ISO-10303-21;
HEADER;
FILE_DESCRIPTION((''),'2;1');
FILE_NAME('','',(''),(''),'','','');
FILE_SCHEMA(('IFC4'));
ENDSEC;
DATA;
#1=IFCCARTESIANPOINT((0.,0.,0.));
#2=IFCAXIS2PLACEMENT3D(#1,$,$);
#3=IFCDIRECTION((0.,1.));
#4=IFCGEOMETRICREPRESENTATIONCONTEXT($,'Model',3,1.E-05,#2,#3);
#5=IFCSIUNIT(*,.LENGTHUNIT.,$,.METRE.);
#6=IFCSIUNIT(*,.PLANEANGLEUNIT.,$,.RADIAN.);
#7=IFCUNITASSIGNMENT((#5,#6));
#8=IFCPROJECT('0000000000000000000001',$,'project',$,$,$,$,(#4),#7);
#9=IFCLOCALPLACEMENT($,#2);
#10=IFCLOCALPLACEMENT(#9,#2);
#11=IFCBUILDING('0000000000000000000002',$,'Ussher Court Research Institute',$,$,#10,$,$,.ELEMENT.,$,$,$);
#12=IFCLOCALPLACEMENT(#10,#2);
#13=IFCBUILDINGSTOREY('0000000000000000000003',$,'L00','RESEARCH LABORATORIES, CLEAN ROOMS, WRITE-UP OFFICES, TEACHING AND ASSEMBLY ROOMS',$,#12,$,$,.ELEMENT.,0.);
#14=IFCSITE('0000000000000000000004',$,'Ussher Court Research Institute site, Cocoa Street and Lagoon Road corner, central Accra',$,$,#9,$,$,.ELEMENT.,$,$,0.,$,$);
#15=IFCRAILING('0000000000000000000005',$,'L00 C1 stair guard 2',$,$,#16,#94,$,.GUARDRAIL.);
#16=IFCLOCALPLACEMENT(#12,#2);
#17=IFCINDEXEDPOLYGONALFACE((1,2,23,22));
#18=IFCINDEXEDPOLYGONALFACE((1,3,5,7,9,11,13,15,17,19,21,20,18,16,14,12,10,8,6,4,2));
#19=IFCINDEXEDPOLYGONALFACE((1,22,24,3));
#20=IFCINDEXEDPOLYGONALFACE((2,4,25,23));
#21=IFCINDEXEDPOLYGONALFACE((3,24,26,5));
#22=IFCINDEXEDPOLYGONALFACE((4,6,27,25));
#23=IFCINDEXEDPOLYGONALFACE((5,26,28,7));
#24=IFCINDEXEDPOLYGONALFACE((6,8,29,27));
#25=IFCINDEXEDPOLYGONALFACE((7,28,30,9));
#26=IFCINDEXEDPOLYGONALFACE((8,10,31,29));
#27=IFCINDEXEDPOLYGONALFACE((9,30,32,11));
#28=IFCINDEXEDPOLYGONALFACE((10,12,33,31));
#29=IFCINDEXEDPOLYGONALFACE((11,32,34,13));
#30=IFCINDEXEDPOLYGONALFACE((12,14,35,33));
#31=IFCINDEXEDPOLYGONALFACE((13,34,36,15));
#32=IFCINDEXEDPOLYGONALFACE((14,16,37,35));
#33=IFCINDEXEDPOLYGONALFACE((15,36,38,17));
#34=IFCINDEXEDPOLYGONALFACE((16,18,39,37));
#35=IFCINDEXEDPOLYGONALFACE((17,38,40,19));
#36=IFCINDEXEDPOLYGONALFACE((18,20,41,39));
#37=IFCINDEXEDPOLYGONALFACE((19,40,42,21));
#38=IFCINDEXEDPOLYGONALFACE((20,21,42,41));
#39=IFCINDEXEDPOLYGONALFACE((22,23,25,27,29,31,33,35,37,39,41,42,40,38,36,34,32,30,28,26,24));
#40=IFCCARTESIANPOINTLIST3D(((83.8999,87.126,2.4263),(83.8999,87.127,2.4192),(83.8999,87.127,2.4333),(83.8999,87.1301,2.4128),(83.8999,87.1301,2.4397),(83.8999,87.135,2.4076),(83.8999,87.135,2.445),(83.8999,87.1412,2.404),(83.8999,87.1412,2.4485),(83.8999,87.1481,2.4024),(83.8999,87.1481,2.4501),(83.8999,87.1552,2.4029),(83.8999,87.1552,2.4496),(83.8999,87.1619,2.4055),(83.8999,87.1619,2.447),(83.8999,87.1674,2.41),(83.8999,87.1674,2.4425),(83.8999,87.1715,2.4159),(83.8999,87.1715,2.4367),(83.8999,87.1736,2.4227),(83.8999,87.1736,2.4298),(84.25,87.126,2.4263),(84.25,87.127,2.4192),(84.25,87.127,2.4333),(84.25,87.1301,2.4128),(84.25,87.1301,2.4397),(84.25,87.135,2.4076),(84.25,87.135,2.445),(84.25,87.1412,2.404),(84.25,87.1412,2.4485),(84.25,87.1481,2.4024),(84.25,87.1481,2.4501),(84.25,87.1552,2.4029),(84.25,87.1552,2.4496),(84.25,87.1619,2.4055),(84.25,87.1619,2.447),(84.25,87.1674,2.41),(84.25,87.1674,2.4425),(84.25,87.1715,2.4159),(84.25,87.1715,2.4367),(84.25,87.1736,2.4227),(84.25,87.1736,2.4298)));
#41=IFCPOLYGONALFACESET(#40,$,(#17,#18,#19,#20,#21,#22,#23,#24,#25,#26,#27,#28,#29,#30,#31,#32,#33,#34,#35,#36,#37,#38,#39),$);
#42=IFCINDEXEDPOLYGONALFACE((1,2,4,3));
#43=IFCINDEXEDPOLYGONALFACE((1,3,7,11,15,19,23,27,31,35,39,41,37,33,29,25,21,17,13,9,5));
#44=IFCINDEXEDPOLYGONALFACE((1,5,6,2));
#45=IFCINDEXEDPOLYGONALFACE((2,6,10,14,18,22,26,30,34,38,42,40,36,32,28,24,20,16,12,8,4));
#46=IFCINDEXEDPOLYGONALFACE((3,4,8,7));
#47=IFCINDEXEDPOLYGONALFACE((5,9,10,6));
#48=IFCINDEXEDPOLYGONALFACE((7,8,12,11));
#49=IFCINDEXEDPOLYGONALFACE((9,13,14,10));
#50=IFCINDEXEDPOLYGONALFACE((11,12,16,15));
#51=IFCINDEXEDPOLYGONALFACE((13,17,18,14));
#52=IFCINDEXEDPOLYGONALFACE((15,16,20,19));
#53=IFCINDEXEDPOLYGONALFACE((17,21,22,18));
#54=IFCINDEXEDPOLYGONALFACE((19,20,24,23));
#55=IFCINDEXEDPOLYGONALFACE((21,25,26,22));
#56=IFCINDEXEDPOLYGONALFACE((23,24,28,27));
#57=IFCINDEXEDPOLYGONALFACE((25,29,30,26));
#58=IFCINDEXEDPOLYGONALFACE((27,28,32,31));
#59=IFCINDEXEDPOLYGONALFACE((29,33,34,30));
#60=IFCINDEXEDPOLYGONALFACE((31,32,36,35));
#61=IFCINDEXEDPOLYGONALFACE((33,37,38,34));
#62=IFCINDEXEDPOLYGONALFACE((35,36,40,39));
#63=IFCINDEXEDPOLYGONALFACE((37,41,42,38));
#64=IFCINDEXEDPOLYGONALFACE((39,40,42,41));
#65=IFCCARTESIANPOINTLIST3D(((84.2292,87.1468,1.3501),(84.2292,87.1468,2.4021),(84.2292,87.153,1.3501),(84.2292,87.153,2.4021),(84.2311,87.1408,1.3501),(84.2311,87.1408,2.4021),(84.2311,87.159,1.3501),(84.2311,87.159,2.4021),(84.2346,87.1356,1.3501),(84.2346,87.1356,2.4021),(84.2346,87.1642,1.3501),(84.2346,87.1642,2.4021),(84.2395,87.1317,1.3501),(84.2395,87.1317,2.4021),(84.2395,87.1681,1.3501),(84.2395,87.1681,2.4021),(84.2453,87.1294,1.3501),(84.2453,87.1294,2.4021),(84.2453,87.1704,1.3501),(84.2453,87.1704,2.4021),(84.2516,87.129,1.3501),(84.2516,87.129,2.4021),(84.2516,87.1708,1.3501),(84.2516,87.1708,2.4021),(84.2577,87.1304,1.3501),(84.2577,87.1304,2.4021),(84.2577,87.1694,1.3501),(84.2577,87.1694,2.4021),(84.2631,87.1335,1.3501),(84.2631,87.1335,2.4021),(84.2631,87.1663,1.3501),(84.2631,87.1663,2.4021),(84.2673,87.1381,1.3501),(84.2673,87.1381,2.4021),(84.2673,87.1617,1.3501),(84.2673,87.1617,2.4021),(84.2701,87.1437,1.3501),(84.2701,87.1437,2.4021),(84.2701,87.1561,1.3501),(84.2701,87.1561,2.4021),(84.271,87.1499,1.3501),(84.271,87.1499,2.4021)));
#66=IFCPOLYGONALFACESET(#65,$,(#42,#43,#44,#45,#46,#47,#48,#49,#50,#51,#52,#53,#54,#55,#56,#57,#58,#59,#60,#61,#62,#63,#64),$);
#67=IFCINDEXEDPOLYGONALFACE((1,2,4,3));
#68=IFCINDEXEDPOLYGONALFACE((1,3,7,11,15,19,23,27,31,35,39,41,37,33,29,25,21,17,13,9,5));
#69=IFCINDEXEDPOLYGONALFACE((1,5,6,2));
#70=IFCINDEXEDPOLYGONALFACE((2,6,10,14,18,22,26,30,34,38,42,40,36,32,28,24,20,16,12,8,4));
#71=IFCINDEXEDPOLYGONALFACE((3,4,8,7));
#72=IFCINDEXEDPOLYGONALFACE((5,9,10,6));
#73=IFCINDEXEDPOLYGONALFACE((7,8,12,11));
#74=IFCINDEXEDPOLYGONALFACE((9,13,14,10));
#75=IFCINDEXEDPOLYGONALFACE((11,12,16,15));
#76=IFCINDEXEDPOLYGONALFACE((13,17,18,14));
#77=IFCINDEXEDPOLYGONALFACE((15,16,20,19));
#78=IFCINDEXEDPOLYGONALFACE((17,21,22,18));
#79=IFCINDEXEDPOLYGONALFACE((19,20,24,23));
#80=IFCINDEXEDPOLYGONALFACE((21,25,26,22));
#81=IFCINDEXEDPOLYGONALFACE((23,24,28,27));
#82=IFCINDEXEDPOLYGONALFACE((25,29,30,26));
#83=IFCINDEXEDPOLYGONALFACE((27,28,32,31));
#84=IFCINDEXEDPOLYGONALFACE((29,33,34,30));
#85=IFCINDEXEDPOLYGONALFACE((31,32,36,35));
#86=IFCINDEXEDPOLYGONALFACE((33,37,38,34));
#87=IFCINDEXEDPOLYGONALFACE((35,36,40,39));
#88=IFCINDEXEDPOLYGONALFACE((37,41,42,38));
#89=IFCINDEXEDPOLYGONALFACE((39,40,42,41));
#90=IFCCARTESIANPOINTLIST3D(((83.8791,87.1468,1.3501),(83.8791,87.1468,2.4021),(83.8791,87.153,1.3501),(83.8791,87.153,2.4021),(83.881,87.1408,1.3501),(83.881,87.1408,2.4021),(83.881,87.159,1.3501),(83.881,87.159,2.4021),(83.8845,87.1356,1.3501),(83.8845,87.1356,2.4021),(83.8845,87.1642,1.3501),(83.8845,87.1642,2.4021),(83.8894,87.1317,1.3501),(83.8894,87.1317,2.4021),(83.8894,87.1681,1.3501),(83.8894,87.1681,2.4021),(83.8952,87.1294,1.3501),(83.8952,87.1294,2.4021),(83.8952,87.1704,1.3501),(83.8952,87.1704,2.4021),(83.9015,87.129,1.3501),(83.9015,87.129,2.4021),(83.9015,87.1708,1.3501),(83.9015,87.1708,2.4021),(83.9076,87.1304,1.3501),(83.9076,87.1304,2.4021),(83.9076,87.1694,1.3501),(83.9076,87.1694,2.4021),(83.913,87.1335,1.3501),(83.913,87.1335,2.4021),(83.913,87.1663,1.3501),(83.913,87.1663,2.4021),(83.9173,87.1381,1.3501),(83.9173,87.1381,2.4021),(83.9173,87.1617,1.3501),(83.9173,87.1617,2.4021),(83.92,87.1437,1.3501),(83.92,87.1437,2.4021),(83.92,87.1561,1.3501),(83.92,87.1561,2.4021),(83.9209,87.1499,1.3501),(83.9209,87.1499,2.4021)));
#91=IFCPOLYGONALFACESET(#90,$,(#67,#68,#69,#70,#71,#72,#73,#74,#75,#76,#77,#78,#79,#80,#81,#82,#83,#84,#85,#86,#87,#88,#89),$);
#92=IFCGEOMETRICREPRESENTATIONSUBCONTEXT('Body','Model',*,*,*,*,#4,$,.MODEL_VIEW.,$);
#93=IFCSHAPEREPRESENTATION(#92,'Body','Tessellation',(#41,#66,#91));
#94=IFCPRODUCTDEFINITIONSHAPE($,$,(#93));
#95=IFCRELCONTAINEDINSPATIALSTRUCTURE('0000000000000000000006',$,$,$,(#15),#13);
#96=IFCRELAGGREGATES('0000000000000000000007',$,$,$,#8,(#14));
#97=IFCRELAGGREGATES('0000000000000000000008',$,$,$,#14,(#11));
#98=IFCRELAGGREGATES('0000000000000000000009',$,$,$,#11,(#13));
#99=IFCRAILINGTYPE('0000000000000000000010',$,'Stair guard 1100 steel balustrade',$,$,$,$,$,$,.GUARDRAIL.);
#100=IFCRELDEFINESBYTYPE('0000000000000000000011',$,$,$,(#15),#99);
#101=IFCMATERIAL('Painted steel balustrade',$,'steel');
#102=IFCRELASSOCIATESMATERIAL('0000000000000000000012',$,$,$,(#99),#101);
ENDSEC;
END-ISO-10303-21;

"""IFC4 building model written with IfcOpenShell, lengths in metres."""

from ifc_helpers import new_model, si_unit, direction, frame, origin, origin_2d, place, context, subcontext, project, spatial, circle, extrude, material, type_object, element, save


model = new_model("IFC4")

# Units and contexts
model_context = context("Model", 3, precision=1e-05, world=origin(), true_north=direction((0.0, 1.0)))
body_context = subcontext(model_context, "Body", "Model", "MODEL_VIEW")
ifc_project = project(units=[si_unit("LENGTHUNIT", "METRE"), si_unit("PLANEANGLEUNIT", "RADIAN")], contexts=[model_context])

# Site, building, storey
site_placement = place(None, origin())
site = spatial("IfcSite", under=ifc_project, at=site_placement, Name="Ussher Court Research Institute site, Cocoa Street and Lagoon Road corner, central Accra", CompositionType="ELEMENT", RefElevation=0.0)
building_placement = place(site_placement, origin())
building = spatial("IfcBuilding", under=site, at=building_placement, Name="Ussher Court Research Institute", CompositionType="ELEMENT")
storey_placement = place(building_placement, origin())
storey = spatial("IfcBuildingStorey", under=building, at=storey_placement, Name="L00", Description="RESEARCH LABORATORIES, CLEAN ROOMS, WRITE-UP OFFICES, TEACHING AND ASSEMBLY ROOMS", CompositionType="ELEMENT", Elevation=0.0)

# Railing
ifc_material_1 = material(Name="Painted steel balustrade", Category="steel")
railing_type_1 = type_object("IfcRailingType", Name="Stair guard 1100 steel balustrade", PredefinedType="GUARDRAIL", material=ifc_material_1)
railing_1_placement = place(storey_placement, frame((84.25, 87.1499, 1.3501)))
element("IfcRailing", 1, at=railing_1_placement, inside=storey, type_object=railing_type_1, Name="L00 C1 stair guard 2", PredefinedType="GUARDRAIL", context=body_context, shape_type="SweptSolid", body=[
    extrude(circle(Radius=0.0239, at=origin_2d()), frame((0.0, 0.0, 1.0762), z_axis=(-1.0, 0.0, 0.0), x_axis=(0.0, -1.0, 0.0)), (0.0, 0.0, 1.0), 0.3501),
    extrude(circle(Radius=0.021, at=origin_2d()), origin(), (0.0, 0.0, 1.0), 1.052),
    extrude(circle(Radius=0.021, at=origin_2d()), frame((-0.3501, 0.0, 0.0)), (0.0, 0.0, 1.0), 1.052),
])

save(model, "model.ifc")
